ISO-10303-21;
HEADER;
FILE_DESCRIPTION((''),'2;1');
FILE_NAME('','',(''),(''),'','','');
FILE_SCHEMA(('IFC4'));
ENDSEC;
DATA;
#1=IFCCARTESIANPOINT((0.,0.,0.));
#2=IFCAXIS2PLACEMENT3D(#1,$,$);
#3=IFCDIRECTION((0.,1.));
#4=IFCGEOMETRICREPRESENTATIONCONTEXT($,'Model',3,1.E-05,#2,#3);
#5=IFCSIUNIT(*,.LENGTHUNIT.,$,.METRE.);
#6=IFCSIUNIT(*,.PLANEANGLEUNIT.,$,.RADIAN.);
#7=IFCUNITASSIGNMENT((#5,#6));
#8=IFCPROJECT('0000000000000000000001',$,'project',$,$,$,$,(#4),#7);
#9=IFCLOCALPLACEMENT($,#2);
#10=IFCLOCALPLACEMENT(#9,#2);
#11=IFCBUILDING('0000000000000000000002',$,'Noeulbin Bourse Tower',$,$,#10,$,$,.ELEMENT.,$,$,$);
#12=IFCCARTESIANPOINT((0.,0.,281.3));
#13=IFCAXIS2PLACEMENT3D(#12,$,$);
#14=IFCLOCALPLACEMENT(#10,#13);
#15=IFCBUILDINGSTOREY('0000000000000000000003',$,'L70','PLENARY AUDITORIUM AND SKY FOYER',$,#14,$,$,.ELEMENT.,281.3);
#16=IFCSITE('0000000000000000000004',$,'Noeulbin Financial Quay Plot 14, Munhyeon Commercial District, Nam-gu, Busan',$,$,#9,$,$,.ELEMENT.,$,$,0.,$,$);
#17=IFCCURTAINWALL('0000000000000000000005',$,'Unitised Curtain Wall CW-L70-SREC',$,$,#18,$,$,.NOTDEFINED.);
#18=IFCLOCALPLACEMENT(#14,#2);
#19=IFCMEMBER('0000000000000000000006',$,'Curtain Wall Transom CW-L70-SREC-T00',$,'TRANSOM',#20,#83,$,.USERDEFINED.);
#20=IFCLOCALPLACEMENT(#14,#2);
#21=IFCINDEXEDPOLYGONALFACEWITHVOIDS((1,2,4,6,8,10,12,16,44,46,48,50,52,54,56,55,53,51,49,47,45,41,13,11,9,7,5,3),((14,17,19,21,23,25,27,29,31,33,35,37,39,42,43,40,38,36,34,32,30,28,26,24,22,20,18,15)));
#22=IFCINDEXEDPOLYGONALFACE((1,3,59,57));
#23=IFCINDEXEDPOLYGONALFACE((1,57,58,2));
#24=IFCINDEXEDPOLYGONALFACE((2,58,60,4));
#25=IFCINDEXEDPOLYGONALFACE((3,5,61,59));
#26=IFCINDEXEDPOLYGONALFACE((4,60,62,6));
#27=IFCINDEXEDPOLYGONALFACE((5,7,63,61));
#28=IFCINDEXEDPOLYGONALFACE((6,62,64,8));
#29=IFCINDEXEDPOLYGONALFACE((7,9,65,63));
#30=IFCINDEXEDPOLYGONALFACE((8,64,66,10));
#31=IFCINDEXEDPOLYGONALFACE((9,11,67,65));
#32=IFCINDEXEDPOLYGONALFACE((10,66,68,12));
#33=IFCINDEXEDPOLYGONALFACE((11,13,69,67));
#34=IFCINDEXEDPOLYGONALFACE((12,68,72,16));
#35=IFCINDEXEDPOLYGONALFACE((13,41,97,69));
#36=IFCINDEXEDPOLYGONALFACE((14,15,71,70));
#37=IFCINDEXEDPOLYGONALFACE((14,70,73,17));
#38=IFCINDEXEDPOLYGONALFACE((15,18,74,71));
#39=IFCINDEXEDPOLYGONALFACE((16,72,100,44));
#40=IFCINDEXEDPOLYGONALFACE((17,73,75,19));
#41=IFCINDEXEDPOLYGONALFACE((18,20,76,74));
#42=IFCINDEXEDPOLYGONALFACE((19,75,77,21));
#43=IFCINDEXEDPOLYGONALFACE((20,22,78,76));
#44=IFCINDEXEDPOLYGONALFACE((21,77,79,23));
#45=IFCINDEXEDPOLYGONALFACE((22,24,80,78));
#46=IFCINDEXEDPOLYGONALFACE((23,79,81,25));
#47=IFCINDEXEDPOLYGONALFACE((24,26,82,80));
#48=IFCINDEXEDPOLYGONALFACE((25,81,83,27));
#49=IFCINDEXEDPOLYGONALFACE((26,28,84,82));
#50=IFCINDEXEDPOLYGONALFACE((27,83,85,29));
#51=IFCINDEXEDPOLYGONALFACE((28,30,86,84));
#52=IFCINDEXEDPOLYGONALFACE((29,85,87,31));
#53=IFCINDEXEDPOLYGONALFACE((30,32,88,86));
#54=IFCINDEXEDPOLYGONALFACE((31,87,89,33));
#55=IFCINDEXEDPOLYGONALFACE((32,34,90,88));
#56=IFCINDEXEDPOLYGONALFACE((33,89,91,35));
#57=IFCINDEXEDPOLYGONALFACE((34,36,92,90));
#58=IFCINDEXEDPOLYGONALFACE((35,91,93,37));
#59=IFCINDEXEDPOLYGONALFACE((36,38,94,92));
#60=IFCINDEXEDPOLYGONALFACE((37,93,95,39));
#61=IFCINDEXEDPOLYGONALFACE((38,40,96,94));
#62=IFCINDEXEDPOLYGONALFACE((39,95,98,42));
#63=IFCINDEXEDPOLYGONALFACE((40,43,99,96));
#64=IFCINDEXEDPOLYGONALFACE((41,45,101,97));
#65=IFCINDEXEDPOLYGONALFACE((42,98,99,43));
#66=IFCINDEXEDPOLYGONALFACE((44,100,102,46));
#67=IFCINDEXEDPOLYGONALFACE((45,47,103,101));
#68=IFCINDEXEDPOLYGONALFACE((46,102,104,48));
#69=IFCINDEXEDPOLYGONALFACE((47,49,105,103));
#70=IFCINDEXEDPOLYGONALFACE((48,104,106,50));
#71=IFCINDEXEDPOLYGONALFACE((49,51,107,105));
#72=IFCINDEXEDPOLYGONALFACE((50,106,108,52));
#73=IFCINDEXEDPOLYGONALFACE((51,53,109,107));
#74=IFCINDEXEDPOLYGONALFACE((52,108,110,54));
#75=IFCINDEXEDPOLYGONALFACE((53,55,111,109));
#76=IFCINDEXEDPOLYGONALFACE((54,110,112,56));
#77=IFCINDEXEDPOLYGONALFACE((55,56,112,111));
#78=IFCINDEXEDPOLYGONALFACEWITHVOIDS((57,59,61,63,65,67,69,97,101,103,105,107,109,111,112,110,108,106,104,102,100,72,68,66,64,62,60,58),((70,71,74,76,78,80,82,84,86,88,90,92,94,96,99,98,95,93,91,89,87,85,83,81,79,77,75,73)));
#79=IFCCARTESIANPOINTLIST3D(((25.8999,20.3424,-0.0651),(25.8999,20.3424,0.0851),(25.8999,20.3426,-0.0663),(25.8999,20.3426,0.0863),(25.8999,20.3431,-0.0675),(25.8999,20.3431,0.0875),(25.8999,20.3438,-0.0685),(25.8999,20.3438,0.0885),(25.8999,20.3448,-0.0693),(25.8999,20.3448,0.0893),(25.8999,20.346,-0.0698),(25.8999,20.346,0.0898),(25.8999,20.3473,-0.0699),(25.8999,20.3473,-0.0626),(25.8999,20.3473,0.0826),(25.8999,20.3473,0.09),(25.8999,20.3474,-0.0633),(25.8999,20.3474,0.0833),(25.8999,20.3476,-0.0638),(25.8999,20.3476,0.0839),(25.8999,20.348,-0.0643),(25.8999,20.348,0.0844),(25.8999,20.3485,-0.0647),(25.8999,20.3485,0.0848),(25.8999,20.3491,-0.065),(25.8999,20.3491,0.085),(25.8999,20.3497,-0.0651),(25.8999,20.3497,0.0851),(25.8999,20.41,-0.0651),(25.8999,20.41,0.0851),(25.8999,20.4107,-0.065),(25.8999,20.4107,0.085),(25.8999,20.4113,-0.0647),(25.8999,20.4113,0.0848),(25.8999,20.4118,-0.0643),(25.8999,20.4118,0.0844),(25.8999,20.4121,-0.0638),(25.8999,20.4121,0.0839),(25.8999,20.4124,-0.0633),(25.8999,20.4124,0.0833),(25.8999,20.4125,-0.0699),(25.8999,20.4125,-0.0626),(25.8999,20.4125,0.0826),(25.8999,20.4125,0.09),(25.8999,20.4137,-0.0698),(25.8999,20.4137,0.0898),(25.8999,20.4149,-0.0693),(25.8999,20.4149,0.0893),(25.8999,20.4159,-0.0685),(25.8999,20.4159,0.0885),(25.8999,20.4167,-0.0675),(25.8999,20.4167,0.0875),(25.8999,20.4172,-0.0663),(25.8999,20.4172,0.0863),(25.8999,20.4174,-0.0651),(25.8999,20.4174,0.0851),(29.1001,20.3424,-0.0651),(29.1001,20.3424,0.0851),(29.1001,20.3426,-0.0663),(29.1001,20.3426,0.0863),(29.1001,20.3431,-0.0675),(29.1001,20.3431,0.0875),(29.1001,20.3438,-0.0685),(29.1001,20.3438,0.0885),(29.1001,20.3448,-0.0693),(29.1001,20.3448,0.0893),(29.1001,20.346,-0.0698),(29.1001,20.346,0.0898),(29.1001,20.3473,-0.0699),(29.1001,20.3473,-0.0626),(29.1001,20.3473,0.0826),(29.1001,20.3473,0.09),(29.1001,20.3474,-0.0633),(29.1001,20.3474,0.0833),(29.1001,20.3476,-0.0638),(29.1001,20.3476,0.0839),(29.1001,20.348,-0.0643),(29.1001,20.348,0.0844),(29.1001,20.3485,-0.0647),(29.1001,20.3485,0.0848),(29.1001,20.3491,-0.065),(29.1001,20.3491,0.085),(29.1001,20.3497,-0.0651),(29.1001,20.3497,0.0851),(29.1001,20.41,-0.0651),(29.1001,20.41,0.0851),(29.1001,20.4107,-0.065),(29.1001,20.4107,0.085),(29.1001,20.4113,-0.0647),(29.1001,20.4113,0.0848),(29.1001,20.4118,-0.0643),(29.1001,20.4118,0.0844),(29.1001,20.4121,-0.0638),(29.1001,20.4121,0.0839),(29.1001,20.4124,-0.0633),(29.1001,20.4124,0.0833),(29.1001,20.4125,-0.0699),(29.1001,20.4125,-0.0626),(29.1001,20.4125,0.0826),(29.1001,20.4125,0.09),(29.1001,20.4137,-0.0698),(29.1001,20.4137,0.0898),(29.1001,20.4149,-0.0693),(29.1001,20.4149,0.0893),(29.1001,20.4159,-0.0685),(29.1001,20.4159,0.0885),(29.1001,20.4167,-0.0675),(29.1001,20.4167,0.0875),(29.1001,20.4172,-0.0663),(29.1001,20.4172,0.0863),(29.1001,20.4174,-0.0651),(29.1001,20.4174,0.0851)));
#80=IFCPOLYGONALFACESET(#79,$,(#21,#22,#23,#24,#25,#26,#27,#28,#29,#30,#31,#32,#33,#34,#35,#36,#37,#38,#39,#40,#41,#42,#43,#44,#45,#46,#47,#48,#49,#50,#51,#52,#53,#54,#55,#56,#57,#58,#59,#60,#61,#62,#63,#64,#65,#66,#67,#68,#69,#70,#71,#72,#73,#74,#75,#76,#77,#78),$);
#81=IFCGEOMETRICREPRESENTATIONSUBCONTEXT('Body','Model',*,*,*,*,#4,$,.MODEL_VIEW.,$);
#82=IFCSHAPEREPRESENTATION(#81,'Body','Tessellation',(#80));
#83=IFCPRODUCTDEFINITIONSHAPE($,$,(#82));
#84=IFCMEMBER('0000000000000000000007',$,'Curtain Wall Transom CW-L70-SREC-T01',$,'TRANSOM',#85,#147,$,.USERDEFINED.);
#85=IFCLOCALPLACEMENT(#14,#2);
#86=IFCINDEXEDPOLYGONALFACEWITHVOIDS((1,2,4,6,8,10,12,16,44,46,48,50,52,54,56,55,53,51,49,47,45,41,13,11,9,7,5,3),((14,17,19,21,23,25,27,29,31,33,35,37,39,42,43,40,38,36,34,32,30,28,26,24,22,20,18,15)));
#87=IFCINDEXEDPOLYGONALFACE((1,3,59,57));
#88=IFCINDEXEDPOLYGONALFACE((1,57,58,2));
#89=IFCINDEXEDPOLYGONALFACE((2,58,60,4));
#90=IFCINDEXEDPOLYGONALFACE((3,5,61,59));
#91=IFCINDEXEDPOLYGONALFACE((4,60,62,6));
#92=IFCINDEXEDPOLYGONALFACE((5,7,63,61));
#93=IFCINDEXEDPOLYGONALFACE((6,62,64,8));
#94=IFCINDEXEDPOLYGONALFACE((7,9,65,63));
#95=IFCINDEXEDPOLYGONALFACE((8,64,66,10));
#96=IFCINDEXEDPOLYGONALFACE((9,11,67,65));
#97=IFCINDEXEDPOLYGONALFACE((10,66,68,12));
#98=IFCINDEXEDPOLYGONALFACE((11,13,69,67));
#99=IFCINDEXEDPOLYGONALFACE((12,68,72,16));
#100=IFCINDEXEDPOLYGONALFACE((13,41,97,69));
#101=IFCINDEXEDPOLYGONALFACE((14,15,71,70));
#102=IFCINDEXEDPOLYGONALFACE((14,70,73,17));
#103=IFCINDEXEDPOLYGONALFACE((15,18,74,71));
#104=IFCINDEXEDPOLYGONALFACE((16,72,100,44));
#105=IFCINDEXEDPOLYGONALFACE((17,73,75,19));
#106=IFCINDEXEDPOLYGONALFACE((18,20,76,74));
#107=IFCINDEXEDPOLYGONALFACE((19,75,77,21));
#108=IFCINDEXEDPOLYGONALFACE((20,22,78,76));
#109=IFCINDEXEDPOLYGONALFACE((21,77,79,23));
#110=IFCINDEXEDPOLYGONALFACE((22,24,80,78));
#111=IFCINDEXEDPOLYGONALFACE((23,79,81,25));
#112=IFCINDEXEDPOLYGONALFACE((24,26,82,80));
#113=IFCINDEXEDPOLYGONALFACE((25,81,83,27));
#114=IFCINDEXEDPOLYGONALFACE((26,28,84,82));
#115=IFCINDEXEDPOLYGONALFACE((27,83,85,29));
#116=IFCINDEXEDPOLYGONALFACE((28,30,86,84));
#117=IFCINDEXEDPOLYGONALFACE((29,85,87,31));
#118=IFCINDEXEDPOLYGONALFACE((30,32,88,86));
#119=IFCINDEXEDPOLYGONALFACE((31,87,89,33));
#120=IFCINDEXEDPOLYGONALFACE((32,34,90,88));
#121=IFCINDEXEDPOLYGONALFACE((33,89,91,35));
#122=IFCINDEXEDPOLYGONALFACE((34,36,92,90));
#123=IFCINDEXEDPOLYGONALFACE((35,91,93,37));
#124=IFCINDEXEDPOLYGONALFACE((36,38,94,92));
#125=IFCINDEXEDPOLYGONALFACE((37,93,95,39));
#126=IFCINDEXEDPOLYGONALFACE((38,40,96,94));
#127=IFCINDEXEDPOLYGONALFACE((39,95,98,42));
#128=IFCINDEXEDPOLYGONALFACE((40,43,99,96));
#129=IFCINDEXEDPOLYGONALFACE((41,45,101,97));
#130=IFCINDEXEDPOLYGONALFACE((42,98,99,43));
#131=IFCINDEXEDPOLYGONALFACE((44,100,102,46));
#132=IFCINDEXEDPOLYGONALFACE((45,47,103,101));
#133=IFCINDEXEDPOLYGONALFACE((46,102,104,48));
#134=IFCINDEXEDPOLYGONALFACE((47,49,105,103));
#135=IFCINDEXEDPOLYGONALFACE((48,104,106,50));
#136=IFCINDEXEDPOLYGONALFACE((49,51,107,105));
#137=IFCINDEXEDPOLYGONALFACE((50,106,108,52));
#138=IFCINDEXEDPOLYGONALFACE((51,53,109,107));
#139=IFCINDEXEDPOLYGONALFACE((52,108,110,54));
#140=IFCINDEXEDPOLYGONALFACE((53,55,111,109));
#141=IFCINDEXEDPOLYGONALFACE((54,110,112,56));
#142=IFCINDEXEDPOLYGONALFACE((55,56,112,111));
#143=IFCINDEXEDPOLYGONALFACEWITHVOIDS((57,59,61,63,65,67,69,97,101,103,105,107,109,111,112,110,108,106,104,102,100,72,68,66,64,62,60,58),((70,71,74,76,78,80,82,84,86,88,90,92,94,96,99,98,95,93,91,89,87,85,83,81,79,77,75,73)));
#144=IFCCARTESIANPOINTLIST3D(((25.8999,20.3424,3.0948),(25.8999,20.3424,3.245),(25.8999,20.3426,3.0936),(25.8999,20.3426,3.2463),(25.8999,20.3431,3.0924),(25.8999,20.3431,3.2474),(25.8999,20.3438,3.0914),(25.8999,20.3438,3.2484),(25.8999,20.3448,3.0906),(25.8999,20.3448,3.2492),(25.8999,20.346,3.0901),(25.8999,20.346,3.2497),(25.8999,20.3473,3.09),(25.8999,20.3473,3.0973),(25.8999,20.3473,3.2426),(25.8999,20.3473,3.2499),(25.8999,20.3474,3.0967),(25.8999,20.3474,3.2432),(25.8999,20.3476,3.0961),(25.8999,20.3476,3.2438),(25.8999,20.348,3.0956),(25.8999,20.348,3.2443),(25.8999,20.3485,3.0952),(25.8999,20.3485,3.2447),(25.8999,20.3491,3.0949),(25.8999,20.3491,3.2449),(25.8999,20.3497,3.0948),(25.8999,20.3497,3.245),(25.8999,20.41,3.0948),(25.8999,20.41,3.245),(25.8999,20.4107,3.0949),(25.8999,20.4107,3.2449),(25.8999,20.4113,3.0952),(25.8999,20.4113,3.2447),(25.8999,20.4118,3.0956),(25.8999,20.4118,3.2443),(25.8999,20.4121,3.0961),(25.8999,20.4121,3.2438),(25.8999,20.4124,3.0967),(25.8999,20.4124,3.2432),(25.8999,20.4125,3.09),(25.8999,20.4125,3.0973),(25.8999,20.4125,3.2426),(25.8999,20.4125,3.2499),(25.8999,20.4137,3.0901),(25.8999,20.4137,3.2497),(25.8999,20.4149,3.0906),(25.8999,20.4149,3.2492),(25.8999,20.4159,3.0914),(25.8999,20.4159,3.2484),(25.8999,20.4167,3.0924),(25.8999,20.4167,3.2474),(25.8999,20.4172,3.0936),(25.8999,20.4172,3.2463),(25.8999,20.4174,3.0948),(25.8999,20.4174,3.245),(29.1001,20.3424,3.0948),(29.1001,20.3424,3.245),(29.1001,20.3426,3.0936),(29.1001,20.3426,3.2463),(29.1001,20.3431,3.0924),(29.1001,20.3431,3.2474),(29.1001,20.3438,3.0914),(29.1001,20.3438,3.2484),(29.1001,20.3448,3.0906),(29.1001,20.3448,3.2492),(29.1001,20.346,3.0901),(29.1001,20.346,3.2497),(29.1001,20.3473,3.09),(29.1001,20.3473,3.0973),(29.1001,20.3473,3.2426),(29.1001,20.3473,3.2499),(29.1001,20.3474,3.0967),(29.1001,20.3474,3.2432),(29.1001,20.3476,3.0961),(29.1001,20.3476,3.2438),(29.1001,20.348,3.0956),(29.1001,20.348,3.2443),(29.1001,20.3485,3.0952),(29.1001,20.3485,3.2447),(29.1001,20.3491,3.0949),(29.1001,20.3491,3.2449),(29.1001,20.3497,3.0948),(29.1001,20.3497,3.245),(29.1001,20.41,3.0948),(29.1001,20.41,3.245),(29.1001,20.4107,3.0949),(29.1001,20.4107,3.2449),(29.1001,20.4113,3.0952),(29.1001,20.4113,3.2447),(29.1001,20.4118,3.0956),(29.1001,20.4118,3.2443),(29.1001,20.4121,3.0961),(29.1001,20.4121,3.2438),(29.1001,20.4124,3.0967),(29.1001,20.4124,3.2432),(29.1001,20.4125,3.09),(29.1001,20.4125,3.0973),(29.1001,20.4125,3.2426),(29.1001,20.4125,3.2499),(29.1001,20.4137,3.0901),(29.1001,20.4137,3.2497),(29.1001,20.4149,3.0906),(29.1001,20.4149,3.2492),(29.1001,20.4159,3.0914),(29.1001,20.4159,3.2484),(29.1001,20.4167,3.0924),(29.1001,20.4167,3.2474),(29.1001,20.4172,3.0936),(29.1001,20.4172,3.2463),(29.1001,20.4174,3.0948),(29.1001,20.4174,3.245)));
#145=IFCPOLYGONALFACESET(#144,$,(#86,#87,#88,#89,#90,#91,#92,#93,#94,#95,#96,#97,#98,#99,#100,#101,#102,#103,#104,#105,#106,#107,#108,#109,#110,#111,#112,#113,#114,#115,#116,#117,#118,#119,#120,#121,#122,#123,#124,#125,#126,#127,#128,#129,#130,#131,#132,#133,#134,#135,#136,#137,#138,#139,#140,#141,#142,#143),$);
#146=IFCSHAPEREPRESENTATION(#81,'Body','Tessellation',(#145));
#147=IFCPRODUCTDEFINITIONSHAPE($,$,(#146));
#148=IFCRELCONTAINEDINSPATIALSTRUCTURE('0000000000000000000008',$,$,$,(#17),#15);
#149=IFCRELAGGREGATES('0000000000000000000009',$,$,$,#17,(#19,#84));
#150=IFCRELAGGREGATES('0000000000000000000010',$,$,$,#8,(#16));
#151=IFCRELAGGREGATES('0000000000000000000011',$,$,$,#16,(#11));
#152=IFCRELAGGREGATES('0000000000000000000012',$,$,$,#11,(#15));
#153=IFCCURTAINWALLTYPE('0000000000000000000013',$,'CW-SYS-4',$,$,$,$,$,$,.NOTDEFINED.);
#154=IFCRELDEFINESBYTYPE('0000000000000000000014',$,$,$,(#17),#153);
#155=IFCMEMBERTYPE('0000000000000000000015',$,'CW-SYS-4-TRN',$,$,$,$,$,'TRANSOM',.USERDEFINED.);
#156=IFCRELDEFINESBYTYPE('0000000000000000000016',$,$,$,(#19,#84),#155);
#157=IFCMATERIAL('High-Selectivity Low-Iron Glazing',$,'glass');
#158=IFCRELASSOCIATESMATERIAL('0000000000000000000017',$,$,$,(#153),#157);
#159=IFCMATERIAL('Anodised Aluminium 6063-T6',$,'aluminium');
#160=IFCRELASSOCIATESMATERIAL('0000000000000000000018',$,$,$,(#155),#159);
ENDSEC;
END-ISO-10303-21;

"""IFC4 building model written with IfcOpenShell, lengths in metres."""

from ifc_helpers import new_model, si_unit, direction, frame, origin, origin_2d, place, context, subcontext, project, spatial, hollow_rectangle, extrude, material, material_profile, profile_set, type_object, element, aggregate, save


model = new_model("IFC4")

# Units and contexts
model_context = context("Model", 3, precision=1e-05, world=origin(), true_north=direction((0.0, 1.0)))
body_context = subcontext(model_context, "Body", "Model", "MODEL_VIEW")
ifc_project = project(units=[si_unit("LENGTHUNIT", "METRE"), si_unit("PLANEANGLEUNIT", "RADIAN")], contexts=[model_context])

# Site, building, storey
site_placement = place(None, origin())
site = spatial("IfcSite", under=ifc_project, at=site_placement, Name="Noeulbin Financial Quay Plot 14, Munhyeon Commercial District, Nam-gu, Busan", CompositionType="ELEMENT", RefElevation=0.0)
building_placement = place(site_placement, origin())
building = spatial("IfcBuilding", under=site, at=building_placement, Name="Noeulbin Bourse Tower", CompositionType="ELEMENT")
storey_placement = place(building_placement, frame((0.0, 0.0, 281.3)))
storey = spatial("IfcBuildingStorey", under=building, at=storey_placement, Name="L70", Description="PLENARY AUDITORIUM AND SKY FOYER", CompositionType="ELEMENT", Elevation=281.3)

# Curtain wall
ifc_material_1 = material(Name="High-Selectivity Low-Iron Glazing", Category="glass")
curtain_wall_type = type_object("IfcCurtainWallType", Name="CW-SYS-4", PredefinedType="NOTDEFINED", material=ifc_material_1)
curtain_wall_1_placement = place(storey_placement, origin())
curtain_wall_1 = element("IfcCurtainWall", 1, at=curtain_wall_1_placement, inside=storey, type_object=curtain_wall_type, Name="Unitised Curtain Wall CW-L70-SREC", PredefinedType="NOTDEFINED")
ifc_material_2 = material(Name="Anodised Aluminium 6063-T6", Category="aluminium")

# Members
ifc_material_profile_1 = material_profile(ifc_material_2, hollow_rectangle(XDim=0.075, YDim=0.1599, WallThickness=0.0049, InnerFilletRadius=0.0024, OuterFilletRadius=0.0049, at=origin_2d()), Name="ALU-TRAN-75x160x5", Category="LoadBearing")
ifc_profile_set_1 = profile_set([ifc_material_profile_1], Name="Anodised Aluminium 6063-T6")
member_type_1 = type_object("IfcMemberType", Name="CW-SYS-4-TRN", ElementType="TRANSOM", PredefinedType="USERDEFINED", material=ifc_profile_set_1)
member_1_placement = place(storey_placement, frame((25.8999, 20.3799, 0.01), z_axis=(1.0, 0.0, 0.0), x_axis=(0.0, 1.0, 0.0)))
member_1 = element("IfcMember", 2, at=member_1_placement, type_object=member_type_1, Name="Curtain Wall Transom CW-L70-SREC-T00", ObjectType="TRANSOM", PredefinedType="USERDEFINED", context=body_context, shape_type="SweptSolid", body=[
    extrude(hollow_rectangle(XDim=0.075, YDim=0.1599, WallThickness=0.0049, InnerFilletRadius=0.0024, OuterFilletRadius=0.0049, at=origin_2d()), origin(), (0.0, 0.0, 1.0), 3.2002),
])
member_2_placement = place(storey_placement, frame((25.8999, 20.3799, 3.1699), z_axis=(1.0, 0.0, 0.0), x_axis=(0.0, 1.0, 0.0)))
member_2 = element("IfcMember", 3, at=member_2_placement, type_object=member_type_1, Name="Curtain Wall Transom CW-L70-SREC-T01", ObjectType="TRANSOM", PredefinedType="USERDEFINED", context=body_context, shape_type="SweptSolid", body=[
    extrude(hollow_rectangle(XDim=0.075, YDim=0.1599, WallThickness=0.0049, InnerFilletRadius=0.0024, OuterFilletRadius=0.0049, at=origin_2d()), origin(), (0.0, 0.0, 1.0), 3.2002),
])

aggregate(curtain_wall_1, [member_1, member_2])

save(model, "model.ifc")
